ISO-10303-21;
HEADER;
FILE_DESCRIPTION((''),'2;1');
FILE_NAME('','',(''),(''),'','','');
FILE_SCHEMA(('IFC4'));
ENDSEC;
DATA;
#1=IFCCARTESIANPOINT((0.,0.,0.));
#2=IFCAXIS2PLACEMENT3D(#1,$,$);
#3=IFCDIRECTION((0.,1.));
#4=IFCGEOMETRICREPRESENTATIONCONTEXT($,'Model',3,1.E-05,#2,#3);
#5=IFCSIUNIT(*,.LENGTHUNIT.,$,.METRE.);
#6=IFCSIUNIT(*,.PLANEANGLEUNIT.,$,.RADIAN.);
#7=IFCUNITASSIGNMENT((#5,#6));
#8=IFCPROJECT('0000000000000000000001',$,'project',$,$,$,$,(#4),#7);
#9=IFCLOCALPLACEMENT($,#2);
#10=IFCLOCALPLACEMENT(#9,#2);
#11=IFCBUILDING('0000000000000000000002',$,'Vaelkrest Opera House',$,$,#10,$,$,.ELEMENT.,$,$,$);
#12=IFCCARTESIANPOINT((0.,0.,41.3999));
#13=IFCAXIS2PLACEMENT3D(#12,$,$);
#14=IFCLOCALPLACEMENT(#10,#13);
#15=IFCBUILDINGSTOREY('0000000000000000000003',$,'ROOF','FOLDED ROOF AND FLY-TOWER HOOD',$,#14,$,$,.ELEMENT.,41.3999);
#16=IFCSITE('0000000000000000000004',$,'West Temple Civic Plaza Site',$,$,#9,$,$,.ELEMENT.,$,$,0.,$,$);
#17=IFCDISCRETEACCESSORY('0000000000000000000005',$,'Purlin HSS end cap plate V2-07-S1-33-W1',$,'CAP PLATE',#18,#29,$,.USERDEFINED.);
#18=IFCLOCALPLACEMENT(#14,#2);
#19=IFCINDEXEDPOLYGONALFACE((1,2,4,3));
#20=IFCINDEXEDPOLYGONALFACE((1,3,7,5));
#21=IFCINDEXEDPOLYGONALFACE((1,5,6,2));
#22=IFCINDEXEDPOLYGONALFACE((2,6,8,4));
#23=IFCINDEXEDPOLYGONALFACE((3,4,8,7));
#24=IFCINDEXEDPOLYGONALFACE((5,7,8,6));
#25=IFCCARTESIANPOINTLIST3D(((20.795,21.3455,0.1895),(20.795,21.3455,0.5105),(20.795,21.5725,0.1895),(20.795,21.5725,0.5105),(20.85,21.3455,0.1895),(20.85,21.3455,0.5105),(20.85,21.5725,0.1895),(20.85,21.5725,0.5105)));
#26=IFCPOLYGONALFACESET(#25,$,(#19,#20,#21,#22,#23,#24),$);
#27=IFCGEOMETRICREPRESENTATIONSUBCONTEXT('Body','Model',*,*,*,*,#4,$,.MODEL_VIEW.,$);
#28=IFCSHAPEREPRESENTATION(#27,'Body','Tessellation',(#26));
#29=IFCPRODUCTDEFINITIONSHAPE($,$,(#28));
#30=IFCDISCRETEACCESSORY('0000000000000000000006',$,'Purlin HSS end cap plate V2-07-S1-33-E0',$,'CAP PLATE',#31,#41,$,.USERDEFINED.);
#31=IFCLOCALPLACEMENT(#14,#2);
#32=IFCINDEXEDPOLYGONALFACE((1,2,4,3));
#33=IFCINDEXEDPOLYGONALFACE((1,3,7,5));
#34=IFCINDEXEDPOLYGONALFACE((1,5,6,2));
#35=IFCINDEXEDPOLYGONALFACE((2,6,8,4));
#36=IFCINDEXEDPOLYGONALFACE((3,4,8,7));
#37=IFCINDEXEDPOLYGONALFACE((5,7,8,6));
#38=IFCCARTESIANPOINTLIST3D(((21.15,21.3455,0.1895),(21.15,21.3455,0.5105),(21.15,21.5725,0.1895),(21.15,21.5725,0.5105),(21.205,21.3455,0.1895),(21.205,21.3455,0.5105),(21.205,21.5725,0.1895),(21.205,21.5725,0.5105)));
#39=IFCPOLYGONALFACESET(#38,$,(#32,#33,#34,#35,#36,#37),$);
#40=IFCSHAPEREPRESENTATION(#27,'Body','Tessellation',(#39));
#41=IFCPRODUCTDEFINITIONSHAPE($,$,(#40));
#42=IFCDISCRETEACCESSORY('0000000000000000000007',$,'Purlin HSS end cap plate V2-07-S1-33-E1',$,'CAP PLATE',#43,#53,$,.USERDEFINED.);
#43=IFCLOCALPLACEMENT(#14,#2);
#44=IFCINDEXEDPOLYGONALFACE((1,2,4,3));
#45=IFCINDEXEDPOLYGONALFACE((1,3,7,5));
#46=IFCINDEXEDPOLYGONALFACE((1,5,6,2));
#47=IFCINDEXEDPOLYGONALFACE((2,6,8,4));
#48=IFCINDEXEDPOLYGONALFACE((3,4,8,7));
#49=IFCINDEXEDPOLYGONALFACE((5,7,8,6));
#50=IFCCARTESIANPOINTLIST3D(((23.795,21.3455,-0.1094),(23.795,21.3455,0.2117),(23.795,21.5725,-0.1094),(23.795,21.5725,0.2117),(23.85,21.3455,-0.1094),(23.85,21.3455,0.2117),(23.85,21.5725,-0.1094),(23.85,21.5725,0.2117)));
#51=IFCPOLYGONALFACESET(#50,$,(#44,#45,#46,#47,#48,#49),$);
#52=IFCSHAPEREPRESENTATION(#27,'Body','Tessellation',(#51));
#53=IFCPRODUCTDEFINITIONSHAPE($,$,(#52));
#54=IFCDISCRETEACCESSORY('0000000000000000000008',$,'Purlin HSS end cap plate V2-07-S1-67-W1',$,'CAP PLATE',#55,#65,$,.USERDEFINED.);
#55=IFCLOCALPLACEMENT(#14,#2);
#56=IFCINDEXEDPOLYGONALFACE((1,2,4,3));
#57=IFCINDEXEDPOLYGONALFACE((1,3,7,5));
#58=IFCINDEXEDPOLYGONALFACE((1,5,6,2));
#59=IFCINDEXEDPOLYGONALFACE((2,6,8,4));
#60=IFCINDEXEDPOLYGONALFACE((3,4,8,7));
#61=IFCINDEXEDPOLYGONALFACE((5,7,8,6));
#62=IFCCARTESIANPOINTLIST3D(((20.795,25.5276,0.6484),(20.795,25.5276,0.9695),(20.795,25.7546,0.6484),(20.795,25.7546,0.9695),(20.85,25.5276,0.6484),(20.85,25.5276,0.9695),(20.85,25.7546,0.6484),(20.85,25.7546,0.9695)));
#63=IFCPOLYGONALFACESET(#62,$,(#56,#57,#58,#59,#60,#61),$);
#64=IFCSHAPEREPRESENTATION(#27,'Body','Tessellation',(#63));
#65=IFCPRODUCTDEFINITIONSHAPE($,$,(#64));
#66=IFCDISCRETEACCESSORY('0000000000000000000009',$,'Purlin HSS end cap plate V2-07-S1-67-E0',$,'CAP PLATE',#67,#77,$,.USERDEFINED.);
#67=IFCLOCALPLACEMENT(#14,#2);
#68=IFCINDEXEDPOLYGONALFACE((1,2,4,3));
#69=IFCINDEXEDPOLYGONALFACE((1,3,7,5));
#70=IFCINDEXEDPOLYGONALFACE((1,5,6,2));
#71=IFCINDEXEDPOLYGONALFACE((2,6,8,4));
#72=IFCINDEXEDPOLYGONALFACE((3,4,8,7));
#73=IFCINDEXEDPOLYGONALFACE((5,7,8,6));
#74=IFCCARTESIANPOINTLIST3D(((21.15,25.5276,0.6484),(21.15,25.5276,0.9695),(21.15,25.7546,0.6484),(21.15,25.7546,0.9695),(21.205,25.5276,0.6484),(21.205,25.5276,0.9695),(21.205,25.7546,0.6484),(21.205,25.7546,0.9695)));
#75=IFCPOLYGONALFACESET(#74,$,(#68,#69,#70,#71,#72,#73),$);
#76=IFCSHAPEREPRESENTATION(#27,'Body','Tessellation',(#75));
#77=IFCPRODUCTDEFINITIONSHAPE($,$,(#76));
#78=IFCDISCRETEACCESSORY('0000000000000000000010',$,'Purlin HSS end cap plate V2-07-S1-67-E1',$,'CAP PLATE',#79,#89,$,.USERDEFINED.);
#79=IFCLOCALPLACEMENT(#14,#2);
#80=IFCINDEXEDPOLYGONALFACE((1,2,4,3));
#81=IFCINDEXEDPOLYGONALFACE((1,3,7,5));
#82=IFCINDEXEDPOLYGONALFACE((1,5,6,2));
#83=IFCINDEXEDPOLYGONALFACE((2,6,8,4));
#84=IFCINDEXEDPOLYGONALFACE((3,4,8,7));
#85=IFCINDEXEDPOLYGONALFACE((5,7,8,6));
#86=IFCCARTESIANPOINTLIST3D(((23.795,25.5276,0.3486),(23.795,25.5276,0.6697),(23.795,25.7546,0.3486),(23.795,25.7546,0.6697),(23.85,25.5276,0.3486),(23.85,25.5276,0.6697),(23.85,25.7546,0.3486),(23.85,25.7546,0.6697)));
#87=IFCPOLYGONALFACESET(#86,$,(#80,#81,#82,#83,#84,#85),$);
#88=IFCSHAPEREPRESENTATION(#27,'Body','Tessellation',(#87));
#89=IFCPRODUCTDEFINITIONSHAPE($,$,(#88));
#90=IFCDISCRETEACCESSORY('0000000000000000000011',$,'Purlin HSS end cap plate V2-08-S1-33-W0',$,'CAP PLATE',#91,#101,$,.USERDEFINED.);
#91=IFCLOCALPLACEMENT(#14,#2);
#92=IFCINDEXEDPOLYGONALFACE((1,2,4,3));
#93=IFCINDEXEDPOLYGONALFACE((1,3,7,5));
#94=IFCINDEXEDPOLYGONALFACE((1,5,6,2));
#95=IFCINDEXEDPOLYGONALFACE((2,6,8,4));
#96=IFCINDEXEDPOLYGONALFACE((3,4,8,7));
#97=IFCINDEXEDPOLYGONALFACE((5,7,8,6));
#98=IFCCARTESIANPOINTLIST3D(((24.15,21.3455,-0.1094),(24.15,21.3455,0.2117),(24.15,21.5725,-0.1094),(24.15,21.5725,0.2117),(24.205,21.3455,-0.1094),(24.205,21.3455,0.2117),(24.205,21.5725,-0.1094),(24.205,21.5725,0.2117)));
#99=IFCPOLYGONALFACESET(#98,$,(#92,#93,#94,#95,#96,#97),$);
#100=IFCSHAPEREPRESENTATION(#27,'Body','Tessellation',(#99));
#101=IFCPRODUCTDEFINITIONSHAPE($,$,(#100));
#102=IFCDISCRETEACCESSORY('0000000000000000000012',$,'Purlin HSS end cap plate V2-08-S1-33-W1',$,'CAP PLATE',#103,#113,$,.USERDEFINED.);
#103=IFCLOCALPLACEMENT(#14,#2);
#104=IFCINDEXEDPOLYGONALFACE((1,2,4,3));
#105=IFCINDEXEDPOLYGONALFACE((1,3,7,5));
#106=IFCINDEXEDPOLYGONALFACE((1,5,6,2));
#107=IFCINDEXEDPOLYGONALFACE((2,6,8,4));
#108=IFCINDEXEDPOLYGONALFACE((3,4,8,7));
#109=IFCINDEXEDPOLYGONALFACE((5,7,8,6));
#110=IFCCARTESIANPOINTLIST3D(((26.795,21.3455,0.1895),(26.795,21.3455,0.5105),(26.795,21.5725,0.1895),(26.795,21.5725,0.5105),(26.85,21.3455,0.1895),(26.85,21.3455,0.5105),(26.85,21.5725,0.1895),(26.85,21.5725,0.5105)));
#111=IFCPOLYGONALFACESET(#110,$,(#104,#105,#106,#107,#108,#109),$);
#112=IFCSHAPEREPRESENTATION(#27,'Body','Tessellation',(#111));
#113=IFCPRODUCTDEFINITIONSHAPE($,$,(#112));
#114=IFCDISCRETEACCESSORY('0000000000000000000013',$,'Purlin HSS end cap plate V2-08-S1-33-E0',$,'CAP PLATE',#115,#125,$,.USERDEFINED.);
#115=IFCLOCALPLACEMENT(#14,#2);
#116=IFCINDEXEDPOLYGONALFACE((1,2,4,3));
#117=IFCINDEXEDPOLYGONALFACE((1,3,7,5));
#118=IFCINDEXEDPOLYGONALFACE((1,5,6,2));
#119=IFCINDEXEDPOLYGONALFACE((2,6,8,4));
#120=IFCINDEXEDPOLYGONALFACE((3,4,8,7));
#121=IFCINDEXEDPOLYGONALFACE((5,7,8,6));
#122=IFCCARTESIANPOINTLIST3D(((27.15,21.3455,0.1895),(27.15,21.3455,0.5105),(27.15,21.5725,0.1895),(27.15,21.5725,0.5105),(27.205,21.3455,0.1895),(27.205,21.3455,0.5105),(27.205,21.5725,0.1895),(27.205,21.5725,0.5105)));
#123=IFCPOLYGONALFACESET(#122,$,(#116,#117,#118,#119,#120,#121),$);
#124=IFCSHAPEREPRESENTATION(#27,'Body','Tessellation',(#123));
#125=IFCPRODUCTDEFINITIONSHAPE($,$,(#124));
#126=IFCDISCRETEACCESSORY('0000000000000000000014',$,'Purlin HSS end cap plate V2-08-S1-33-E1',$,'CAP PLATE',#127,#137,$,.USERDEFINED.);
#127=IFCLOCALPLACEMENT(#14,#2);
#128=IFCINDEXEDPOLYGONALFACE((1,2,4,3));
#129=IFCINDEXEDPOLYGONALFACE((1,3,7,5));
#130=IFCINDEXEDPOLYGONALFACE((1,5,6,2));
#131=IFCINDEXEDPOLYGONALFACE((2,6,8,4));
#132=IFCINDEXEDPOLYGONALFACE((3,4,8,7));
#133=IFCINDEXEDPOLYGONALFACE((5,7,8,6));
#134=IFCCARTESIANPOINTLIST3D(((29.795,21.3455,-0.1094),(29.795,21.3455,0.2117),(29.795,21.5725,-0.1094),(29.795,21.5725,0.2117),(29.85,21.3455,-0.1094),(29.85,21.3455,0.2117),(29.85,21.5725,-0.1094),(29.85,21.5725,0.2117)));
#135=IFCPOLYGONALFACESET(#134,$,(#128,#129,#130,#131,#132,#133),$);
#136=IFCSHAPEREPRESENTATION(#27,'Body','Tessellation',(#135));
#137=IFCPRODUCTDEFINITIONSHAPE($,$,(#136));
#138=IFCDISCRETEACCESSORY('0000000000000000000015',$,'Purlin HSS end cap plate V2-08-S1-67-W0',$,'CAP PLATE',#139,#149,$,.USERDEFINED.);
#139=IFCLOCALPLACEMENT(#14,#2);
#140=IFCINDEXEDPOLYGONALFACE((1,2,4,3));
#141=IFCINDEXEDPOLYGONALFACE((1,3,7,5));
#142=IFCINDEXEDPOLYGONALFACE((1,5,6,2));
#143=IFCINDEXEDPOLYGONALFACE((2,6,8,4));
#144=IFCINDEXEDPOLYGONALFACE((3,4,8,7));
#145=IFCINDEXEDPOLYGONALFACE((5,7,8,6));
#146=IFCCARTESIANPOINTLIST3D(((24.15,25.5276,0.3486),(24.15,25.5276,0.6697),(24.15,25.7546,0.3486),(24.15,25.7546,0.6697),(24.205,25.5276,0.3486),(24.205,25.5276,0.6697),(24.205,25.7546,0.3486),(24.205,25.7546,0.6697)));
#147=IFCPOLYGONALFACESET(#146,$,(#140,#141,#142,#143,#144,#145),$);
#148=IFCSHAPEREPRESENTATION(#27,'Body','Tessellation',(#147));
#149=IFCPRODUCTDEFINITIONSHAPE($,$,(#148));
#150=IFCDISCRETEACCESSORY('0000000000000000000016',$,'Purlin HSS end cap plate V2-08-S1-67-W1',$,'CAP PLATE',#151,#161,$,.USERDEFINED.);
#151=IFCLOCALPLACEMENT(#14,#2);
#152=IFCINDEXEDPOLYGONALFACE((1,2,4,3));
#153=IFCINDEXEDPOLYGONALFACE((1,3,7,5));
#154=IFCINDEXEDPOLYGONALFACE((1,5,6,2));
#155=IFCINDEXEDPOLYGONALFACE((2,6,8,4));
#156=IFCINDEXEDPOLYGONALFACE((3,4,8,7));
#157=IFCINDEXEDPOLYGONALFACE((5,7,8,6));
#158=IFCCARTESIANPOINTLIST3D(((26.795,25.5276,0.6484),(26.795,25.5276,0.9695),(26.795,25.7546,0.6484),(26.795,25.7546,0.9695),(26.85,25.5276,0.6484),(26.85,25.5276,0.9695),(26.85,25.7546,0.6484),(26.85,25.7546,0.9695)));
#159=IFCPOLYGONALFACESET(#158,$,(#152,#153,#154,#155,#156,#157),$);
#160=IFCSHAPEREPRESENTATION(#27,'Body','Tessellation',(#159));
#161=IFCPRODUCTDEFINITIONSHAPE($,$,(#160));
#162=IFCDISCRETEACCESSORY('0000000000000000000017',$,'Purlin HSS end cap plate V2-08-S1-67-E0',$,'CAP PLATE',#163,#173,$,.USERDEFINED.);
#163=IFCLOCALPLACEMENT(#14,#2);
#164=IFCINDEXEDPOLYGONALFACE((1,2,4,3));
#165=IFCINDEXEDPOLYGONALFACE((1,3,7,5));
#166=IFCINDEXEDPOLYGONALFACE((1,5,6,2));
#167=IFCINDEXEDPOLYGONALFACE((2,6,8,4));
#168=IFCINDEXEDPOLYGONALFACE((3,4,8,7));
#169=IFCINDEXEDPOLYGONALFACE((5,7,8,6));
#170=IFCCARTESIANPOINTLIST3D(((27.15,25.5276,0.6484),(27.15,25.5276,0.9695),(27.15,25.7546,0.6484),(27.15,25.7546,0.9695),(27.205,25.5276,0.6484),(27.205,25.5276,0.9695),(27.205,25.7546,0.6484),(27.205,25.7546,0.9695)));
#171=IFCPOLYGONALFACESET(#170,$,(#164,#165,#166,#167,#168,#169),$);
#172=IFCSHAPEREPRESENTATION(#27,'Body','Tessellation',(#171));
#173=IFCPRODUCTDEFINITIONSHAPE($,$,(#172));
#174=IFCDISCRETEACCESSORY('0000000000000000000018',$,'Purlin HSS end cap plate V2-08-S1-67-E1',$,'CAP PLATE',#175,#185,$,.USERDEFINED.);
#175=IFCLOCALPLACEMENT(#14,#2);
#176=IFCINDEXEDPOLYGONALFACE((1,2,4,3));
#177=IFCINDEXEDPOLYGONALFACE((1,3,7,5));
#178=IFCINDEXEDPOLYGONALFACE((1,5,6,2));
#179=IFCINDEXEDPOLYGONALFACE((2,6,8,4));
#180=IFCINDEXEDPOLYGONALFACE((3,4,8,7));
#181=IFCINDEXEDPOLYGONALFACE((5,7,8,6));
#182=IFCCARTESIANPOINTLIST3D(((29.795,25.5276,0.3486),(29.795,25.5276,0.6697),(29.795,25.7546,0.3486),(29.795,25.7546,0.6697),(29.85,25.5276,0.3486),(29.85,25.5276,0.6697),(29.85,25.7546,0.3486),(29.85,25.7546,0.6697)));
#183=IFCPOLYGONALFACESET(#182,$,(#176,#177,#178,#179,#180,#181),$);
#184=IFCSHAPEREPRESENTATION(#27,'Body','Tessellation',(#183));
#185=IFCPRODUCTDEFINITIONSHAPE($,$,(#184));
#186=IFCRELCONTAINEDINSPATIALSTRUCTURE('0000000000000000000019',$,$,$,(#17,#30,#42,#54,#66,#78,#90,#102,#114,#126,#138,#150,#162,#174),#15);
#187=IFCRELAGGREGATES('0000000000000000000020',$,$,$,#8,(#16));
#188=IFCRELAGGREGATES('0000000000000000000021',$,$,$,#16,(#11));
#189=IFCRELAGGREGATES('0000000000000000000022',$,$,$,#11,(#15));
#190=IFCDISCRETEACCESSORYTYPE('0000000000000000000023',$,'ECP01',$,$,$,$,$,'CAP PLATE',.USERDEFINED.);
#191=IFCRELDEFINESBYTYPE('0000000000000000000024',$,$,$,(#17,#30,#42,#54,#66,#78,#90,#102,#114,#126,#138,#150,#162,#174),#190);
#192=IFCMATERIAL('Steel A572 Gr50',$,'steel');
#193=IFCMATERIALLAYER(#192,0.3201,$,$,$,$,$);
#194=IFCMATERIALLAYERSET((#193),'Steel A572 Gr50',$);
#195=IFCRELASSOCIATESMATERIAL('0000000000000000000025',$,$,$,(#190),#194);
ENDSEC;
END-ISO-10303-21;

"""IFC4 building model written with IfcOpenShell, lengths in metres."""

from ifc_helpers import new_model, si_unit, direction, frame, origin, origin_2d, place, context, subcontext, project, spatial, rectangle, extrude, material, layer, layer_set, type_object, element, save


model = new_model("IFC4")

# Units and contexts
model_context = context("Model", 3, precision=1e-05, world=origin(), true_north=direction((0.0, 1.0)))
body_context = subcontext(model_context, "Body", "Model", "MODEL_VIEW")
ifc_project = project(units=[si_unit("LENGTHUNIT", "METRE"), si_unit("PLANEANGLEUNIT", "RADIAN")], contexts=[model_context])

# Site, building, storey
site_placement = place(None, origin())
site = spatial("IfcSite", under=ifc_project, at=site_placement, Name="West Temple Civic Plaza Site", CompositionType="ELEMENT", RefElevation=0.0)
building_placement = place(site_placement, origin())
building = spatial("IfcBuilding", under=site, at=building_placement, Name="Vaelkrest Opera House", CompositionType="ELEMENT")
storey_placement = place(building_placement, frame((0.0, 0.0, 41.3999)))
storey = spatial("IfcBuildingStorey", under=building, at=storey_placement, Name="ROOF", Description="FOLDED ROOF AND FLY-TOWER HOOD", CompositionType="ELEMENT", Elevation=41.3999)

# Discrete accessories
ifc_material_1 = material(Name="Steel A572 Gr50", Category="steel")
ifc_layer_1 = layer(ifc_material_1, 0.3201)
ifc_layer_set_1 = layer_set([ifc_layer_1], Name="Steel A572 Gr50")
discrete_accessory_type = type_object("IfcDiscreteAccessoryType", Name="ECP01", ElementType="CAP PLATE", PredefinedType="USERDEFINED", material=ifc_layer_set_1)
for number, where, z_axis, x_axis, name in (
    (1, (20.8225, 21.459, 0.1895), (0.0, 0.0, 1.0), (1.0, 0.0, 0.0), "Purlin HSS end cap plate V2-07-S1-33-W1"),
    (2, (21.1775, 21.459, 0.1895), (0.0, 0.0, 1.0), (1.0, 0.0, 0.0), "Purlin HSS end cap plate V2-07-S1-33-E0"),
    (3, (23.8225, 21.459, -0.1094), (0.0, 0.0, 1.0), (1.0, 0.0, 0.0), "Purlin HSS end cap plate V2-07-S1-33-E1"),
    (4, (20.8225, 25.6411, 0.6484), (0.0, 0.0, 1.0), (1.0, 0.0, 0.0), "Purlin HSS end cap plate V2-07-S1-67-W1"),
    (5, (21.1775, 25.6411, 0.6484), (0.0, 0.0, 1.0), (1.0, 0.0, 0.0), "Purlin HSS end cap plate V2-07-S1-67-E0"),
    (6, (23.8225, 25.6411, 0.3486), (0.0, 0.0, 1.0), (1.0, 0.0, 0.0), "Purlin HSS end cap plate V2-07-S1-67-E1"),
    (7, (24.1775, 21.459, -0.1094), (0.0, 0.0, 1.0), (1.0, 0.0, 0.0), "Purlin HSS end cap plate V2-08-S1-33-W0"),
    (8, (26.8225, 21.459, 0.1895), (0.0, 0.0, 1.0), (1.0, 0.0, 0.0), "Purlin HSS end cap plate V2-08-S1-33-W1"),
    (9, (27.1775, 21.459, 0.1895), (0.0, 0.0, 1.0), (1.0, 0.0, 0.0), "Purlin HSS end cap plate V2-08-S1-33-E0"),
    (10, (29.8225, 21.459, -0.1094), (0.0, 0.0, 1.0), (1.0, 0.0, 0.0), "Purlin HSS end cap plate V2-08-S1-33-E1"),
    (11, (24.1775, 25.6411, 0.3486), (0.0, 0.0, 1.0), (1.0, 0.0, 0.0), "Purlin HSS end cap plate V2-08-S1-67-W0"),
    (12, (26.8225, 25.6411, 0.6484), (0.0, 0.0, 1.0), (1.0, 0.0, 0.0), "Purlin HSS end cap plate V2-08-S1-67-W1"),
    (13, (27.1775, 25.6411, 0.6484), (0.0, 0.0, 1.0), (1.0, 0.0, 0.0), "Purlin HSS end cap plate V2-08-S1-67-E0"),
    (14, (29.8225, 25.6411, 0.3486), (0.0, 0.0, 1.0), (1.0, 0.0, 0.0), "Purlin HSS end cap plate V2-08-S1-67-E1"),
):
    element("IfcDiscreteAccessory", number, at=place(storey_placement, frame(where, z_axis=z_axis, x_axis=x_axis)), inside=storey, type_object=discrete_accessory_type, Name=name, ObjectType="CAP PLATE", PredefinedType="USERDEFINED", context=body_context, shape_type="SweptSolid", body=[
        extrude(rectangle(XDim=0.0549, YDim=0.2271, at=origin_2d()), origin(), (0.0, 0.0, 1.0), 0.321),
    ])

save(model, "model.ifc")
